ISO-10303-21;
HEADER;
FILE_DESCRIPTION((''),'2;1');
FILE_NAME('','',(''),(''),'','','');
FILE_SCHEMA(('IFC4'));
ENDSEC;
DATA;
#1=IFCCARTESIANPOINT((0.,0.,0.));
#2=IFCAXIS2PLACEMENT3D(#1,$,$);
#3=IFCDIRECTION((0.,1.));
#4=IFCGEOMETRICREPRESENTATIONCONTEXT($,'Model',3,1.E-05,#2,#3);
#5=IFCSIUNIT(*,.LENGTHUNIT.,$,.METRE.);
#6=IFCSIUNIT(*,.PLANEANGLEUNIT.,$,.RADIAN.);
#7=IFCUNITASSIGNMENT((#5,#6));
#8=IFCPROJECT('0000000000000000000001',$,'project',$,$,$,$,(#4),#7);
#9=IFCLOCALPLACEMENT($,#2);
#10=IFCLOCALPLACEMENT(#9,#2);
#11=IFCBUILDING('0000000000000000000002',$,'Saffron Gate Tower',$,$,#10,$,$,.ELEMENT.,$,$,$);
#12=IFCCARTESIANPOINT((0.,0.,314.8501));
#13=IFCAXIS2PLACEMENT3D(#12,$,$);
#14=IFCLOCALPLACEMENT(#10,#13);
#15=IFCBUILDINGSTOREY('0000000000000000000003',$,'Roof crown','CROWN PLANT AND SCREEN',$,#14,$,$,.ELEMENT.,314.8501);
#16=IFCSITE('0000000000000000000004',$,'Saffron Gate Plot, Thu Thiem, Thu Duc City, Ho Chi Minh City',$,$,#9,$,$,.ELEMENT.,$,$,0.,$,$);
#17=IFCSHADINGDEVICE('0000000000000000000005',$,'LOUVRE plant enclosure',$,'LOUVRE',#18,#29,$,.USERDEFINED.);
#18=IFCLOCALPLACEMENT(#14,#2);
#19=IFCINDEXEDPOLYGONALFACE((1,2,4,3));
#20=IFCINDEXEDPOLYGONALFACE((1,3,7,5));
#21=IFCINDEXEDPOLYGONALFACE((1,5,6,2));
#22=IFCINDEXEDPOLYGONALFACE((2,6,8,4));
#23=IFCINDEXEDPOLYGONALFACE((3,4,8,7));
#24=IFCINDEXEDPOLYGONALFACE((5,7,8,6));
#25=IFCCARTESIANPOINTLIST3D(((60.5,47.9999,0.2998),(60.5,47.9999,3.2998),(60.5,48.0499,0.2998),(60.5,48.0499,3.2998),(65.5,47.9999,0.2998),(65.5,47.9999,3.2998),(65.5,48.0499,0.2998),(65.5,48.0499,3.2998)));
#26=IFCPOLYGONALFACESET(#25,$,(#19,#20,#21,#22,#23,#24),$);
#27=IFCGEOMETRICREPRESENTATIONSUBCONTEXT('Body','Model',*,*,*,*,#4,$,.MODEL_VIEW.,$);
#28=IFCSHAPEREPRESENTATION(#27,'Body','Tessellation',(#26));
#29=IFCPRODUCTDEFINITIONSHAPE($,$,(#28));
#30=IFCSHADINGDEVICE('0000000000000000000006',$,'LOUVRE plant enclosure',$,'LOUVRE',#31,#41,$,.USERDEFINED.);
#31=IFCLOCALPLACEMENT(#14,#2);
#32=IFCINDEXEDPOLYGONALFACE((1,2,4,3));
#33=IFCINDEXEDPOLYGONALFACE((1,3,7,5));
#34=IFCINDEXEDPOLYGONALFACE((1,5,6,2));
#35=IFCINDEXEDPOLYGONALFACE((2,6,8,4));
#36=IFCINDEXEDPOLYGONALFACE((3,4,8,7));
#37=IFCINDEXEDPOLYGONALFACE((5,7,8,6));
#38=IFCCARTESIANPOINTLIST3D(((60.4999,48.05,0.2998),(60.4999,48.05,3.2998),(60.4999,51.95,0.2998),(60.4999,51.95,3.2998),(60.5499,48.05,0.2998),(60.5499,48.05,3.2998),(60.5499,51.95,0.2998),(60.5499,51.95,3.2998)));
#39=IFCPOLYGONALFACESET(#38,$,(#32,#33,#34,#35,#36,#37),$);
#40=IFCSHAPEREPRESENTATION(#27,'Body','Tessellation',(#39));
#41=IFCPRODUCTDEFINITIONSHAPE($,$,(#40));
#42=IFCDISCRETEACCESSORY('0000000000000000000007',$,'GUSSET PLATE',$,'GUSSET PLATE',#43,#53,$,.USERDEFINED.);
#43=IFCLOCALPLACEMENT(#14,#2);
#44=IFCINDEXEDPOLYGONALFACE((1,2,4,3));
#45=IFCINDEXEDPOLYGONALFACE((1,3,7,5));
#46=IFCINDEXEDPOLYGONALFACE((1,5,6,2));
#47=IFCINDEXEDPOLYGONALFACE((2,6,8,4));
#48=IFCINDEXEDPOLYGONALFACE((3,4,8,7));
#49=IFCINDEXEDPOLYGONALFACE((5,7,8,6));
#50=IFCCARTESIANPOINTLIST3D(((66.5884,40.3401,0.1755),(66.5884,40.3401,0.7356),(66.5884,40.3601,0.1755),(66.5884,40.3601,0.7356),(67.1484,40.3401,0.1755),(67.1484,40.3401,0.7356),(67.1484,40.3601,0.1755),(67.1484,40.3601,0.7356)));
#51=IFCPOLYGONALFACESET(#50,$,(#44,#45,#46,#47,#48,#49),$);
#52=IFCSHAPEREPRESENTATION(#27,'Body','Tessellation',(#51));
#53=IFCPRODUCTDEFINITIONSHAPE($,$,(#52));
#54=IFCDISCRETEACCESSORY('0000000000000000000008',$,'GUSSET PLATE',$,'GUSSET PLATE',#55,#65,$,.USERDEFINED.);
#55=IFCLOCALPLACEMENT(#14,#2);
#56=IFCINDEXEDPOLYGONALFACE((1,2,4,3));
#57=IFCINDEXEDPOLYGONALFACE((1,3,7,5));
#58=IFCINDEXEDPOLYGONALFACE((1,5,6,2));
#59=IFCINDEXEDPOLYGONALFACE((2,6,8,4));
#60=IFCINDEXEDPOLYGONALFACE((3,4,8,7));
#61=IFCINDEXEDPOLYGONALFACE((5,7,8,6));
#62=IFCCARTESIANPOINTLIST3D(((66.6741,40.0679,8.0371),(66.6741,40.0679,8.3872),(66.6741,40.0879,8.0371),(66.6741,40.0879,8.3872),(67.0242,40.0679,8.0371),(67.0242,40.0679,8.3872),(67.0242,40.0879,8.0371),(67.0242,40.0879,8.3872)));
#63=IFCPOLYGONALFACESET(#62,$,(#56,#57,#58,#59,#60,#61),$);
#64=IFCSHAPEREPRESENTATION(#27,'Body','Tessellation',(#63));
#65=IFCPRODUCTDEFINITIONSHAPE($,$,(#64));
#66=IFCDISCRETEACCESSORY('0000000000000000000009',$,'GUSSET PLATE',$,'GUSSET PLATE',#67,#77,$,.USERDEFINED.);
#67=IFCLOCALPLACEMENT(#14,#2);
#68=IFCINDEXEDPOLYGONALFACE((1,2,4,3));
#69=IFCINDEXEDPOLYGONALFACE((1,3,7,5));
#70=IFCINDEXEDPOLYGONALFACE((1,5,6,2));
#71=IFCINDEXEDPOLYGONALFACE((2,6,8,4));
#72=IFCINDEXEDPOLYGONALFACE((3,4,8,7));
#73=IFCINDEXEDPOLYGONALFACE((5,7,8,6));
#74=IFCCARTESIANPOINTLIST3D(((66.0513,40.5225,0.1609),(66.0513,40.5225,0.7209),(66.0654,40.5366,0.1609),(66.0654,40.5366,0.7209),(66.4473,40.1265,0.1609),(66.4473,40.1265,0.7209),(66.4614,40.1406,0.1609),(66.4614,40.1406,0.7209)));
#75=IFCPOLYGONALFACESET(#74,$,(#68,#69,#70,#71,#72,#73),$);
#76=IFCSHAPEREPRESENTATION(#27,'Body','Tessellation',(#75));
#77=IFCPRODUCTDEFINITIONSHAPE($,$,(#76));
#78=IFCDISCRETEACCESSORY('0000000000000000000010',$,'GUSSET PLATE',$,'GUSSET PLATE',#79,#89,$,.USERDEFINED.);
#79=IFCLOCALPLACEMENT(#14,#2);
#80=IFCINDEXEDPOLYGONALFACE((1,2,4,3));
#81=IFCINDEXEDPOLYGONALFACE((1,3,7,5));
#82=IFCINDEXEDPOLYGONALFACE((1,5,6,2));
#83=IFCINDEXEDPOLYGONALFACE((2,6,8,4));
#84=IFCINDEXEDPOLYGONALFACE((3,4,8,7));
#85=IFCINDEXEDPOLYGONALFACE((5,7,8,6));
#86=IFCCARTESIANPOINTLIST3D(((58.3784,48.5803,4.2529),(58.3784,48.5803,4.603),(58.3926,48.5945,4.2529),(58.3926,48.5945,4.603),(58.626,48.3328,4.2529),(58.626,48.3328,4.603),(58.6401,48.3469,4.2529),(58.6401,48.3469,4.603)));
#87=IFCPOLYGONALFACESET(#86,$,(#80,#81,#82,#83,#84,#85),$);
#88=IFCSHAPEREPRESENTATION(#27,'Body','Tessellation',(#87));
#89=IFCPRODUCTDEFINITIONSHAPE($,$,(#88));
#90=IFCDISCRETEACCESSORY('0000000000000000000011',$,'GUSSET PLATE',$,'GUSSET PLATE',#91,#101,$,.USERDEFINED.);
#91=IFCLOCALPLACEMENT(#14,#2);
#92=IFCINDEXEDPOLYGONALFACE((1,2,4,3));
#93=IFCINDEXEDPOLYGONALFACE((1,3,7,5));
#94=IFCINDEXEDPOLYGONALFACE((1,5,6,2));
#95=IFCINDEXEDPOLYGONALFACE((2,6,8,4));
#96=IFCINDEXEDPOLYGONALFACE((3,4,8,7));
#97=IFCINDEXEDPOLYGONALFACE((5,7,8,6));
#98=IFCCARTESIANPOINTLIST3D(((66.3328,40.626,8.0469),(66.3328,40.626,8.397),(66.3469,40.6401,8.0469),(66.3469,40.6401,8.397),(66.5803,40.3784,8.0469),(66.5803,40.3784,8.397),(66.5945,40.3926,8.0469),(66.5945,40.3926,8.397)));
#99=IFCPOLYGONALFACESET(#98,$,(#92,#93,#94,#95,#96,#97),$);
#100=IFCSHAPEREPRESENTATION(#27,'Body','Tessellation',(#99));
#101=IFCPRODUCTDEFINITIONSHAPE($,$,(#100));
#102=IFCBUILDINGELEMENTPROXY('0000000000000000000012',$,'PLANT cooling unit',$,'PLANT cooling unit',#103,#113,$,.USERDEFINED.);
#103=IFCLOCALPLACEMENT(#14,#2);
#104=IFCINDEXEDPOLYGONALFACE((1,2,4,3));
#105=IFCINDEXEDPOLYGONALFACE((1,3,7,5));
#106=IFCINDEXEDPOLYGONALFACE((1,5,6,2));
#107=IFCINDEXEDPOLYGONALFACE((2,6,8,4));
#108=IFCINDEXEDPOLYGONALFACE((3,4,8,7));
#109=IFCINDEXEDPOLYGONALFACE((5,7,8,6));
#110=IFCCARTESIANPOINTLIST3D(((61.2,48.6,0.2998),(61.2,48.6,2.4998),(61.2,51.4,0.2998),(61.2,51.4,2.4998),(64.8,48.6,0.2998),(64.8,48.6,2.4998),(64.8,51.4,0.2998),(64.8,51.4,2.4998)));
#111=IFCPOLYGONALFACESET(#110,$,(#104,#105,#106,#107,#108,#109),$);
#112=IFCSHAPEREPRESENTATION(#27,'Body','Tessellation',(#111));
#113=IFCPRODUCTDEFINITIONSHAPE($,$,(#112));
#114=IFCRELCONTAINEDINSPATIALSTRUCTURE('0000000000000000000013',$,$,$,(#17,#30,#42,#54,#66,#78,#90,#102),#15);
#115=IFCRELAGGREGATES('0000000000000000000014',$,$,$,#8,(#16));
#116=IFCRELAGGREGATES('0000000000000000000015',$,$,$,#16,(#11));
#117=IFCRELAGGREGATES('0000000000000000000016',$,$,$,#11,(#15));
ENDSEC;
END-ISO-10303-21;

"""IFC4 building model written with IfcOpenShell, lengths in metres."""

from ifc_helpers import new_model, si_unit, direction, frame, origin, origin_2d, place, context, subcontext, project, spatial, rectangle, extrude, element, save


model = new_model("IFC4")

# Units and contexts
model_context = context("Model", 3, precision=1e-05, world=origin(), true_north=direction((0.0, 1.0)))
body_context = subcontext(model_context, "Body", "Model", "MODEL_VIEW")
ifc_project = project(units=[si_unit("LENGTHUNIT", "METRE"), si_unit("PLANEANGLEUNIT", "RADIAN")], contexts=[model_context])

# Site, building, storey
site_placement = place(None, origin())
site = spatial("IfcSite", under=ifc_project, at=site_placement, Name="Saffron Gate Plot, Thu Thiem, Thu Duc City, Ho Chi Minh City", CompositionType="ELEMENT", RefElevation=0.0)
building_placement = place(site_placement, origin())
building = spatial("IfcBuilding", under=site, at=building_placement, Name="Saffron Gate Tower", CompositionType="ELEMENT")
storey_placement = place(building_placement, frame((0.0, 0.0, 314.8501)))
storey = spatial("IfcBuildingStorey", under=building, at=storey_placement, Name="Roof crown", Description="CROWN PLANT AND SCREEN", CompositionType="ELEMENT", Elevation=314.8501)

# Shading devices
shading_device_1_placement = place(storey_placement, frame((63.0, 48.0249, 0.2998), z_axis=(0.0, 0.0, 1.0), x_axis=(1.0, 0.0, 0.0)))
element("IfcShadingDevice", 1, at=shading_device_1_placement, inside=storey, Name="LOUVRE plant enclosure", ObjectType="LOUVRE", PredefinedType="USERDEFINED", context=body_context, shape_type="SweptSolid", body=[
    extrude(rectangle(XDim=5.0, YDim=0.05, at=origin_2d()), origin(), (0.0, 0.0, 1.0), 3.0),
])
shading_device_2_placement = place(storey_placement, frame((60.5249, 50.0, 0.2998), z_axis=(0.0, 0.0, 1.0), x_axis=(1.0, 0.0, 0.0)))
element("IfcShadingDevice", 2, at=shading_device_2_placement, inside=storey, Name="LOUVRE plant enclosure", ObjectType="LOUVRE", PredefinedType="USERDEFINED", context=body_context, shape_type="SweptSolid", body=[
    extrude(rectangle(XDim=0.05, YDim=3.8999, at=origin_2d()), origin(), (0.0, 0.0, 1.0), 3.0),
])

# Discrete accessories
discrete_accessory_1_placement = place(storey_placement, frame((66.8684, 40.3501, 0.1755), z_axis=(0.0, 0.0, 1.0), x_axis=(1.0, 0.0, 0.0)))
element("IfcDiscreteAccessory", 3, at=discrete_accessory_1_placement, inside=storey, Name="GUSSET PLATE", ObjectType="GUSSET PLATE", PredefinedType="USERDEFINED", context=body_context, shape_type="SweptSolid", body=[
    extrude(rectangle(XDim=0.5601, YDim=0.02, at=origin_2d()), origin(), (0.0, 0.0, 1.0), 0.5601),
])
discrete_accessory_2_placement = place(storey_placement, frame((66.8491, 40.0779, 8.0371), z_axis=(0.0, 0.0, 1.0), x_axis=(-1.0, 0.0, 0.0)))
element("IfcDiscreteAccessory", 4, at=discrete_accessory_2_placement, inside=storey, Name="GUSSET PLATE", ObjectType="GUSSET PLATE", PredefinedType="USERDEFINED", context=body_context, shape_type="SweptSolid", body=[
    extrude(rectangle(XDim=0.3501, YDim=0.02, at=origin_2d()), origin(), (0.0, 0.0, 1.0), 0.3501),
])
discrete_accessory_3_placement = place(storey_placement, frame((66.2563, 40.3315, 0.1609), z_axis=(0.0, 0.0, 1.0), x_axis=(-0.707107, 0.707107, 0.0)))
element("IfcDiscreteAccessory", 5, at=discrete_accessory_3_placement, inside=storey, Name="GUSSET PLATE", ObjectType="GUSSET PLATE", PredefinedType="USERDEFINED", context=body_context, shape_type="SweptSolid", body=[
    extrude(rectangle(XDim=0.5601, YDim=0.02, at=origin_2d()), origin(), (0.0, 0.0, 1.0), 0.5601),
])
for number, where, z_axis, x_axis, name in (
    (6, (58.5093, 48.4636, 4.2529), (0.0, 0.0, 1.0), (0.707107, -0.707107, 0.0), "GUSSET PLATE"),
    (7, (66.4636, 40.5093, 8.0469), (0.0, 0.0, 1.0), (0.707107, -0.707107, 0.0), "GUSSET PLATE"),
):
    element("IfcDiscreteAccessory", number, at=place(storey_placement, frame(where, z_axis=z_axis, x_axis=x_axis)), inside=storey, Name=name, ObjectType="GUSSET PLATE", PredefinedType="USERDEFINED", context=body_context, shape_type="SweptSolid", body=[
        extrude(rectangle(XDim=0.3501, YDim=0.02, at=origin_2d()), origin(), (0.0, 0.0, 1.0), 0.3501),
    ])

# Building element proxy
proxy_placement = place(storey_placement, frame((63.0, 50.0, 0.2998), z_axis=(0.0, 0.0, 1.0), x_axis=(1.0, 0.0, 0.0)))
element("IfcBuildingElementProxy", 8, at=proxy_placement, inside=storey, Name="PLANT cooling unit", ObjectType="PLANT cooling unit", PredefinedType="USERDEFINED", context=body_context, shape_type="SweptSolid", body=[
    extrude(rectangle(XDim=3.6001, YDim=2.8, at=origin_2d()), origin(), (0.0, 0.0, 1.0), 2.2),
])

save(model, "model.ifc")
